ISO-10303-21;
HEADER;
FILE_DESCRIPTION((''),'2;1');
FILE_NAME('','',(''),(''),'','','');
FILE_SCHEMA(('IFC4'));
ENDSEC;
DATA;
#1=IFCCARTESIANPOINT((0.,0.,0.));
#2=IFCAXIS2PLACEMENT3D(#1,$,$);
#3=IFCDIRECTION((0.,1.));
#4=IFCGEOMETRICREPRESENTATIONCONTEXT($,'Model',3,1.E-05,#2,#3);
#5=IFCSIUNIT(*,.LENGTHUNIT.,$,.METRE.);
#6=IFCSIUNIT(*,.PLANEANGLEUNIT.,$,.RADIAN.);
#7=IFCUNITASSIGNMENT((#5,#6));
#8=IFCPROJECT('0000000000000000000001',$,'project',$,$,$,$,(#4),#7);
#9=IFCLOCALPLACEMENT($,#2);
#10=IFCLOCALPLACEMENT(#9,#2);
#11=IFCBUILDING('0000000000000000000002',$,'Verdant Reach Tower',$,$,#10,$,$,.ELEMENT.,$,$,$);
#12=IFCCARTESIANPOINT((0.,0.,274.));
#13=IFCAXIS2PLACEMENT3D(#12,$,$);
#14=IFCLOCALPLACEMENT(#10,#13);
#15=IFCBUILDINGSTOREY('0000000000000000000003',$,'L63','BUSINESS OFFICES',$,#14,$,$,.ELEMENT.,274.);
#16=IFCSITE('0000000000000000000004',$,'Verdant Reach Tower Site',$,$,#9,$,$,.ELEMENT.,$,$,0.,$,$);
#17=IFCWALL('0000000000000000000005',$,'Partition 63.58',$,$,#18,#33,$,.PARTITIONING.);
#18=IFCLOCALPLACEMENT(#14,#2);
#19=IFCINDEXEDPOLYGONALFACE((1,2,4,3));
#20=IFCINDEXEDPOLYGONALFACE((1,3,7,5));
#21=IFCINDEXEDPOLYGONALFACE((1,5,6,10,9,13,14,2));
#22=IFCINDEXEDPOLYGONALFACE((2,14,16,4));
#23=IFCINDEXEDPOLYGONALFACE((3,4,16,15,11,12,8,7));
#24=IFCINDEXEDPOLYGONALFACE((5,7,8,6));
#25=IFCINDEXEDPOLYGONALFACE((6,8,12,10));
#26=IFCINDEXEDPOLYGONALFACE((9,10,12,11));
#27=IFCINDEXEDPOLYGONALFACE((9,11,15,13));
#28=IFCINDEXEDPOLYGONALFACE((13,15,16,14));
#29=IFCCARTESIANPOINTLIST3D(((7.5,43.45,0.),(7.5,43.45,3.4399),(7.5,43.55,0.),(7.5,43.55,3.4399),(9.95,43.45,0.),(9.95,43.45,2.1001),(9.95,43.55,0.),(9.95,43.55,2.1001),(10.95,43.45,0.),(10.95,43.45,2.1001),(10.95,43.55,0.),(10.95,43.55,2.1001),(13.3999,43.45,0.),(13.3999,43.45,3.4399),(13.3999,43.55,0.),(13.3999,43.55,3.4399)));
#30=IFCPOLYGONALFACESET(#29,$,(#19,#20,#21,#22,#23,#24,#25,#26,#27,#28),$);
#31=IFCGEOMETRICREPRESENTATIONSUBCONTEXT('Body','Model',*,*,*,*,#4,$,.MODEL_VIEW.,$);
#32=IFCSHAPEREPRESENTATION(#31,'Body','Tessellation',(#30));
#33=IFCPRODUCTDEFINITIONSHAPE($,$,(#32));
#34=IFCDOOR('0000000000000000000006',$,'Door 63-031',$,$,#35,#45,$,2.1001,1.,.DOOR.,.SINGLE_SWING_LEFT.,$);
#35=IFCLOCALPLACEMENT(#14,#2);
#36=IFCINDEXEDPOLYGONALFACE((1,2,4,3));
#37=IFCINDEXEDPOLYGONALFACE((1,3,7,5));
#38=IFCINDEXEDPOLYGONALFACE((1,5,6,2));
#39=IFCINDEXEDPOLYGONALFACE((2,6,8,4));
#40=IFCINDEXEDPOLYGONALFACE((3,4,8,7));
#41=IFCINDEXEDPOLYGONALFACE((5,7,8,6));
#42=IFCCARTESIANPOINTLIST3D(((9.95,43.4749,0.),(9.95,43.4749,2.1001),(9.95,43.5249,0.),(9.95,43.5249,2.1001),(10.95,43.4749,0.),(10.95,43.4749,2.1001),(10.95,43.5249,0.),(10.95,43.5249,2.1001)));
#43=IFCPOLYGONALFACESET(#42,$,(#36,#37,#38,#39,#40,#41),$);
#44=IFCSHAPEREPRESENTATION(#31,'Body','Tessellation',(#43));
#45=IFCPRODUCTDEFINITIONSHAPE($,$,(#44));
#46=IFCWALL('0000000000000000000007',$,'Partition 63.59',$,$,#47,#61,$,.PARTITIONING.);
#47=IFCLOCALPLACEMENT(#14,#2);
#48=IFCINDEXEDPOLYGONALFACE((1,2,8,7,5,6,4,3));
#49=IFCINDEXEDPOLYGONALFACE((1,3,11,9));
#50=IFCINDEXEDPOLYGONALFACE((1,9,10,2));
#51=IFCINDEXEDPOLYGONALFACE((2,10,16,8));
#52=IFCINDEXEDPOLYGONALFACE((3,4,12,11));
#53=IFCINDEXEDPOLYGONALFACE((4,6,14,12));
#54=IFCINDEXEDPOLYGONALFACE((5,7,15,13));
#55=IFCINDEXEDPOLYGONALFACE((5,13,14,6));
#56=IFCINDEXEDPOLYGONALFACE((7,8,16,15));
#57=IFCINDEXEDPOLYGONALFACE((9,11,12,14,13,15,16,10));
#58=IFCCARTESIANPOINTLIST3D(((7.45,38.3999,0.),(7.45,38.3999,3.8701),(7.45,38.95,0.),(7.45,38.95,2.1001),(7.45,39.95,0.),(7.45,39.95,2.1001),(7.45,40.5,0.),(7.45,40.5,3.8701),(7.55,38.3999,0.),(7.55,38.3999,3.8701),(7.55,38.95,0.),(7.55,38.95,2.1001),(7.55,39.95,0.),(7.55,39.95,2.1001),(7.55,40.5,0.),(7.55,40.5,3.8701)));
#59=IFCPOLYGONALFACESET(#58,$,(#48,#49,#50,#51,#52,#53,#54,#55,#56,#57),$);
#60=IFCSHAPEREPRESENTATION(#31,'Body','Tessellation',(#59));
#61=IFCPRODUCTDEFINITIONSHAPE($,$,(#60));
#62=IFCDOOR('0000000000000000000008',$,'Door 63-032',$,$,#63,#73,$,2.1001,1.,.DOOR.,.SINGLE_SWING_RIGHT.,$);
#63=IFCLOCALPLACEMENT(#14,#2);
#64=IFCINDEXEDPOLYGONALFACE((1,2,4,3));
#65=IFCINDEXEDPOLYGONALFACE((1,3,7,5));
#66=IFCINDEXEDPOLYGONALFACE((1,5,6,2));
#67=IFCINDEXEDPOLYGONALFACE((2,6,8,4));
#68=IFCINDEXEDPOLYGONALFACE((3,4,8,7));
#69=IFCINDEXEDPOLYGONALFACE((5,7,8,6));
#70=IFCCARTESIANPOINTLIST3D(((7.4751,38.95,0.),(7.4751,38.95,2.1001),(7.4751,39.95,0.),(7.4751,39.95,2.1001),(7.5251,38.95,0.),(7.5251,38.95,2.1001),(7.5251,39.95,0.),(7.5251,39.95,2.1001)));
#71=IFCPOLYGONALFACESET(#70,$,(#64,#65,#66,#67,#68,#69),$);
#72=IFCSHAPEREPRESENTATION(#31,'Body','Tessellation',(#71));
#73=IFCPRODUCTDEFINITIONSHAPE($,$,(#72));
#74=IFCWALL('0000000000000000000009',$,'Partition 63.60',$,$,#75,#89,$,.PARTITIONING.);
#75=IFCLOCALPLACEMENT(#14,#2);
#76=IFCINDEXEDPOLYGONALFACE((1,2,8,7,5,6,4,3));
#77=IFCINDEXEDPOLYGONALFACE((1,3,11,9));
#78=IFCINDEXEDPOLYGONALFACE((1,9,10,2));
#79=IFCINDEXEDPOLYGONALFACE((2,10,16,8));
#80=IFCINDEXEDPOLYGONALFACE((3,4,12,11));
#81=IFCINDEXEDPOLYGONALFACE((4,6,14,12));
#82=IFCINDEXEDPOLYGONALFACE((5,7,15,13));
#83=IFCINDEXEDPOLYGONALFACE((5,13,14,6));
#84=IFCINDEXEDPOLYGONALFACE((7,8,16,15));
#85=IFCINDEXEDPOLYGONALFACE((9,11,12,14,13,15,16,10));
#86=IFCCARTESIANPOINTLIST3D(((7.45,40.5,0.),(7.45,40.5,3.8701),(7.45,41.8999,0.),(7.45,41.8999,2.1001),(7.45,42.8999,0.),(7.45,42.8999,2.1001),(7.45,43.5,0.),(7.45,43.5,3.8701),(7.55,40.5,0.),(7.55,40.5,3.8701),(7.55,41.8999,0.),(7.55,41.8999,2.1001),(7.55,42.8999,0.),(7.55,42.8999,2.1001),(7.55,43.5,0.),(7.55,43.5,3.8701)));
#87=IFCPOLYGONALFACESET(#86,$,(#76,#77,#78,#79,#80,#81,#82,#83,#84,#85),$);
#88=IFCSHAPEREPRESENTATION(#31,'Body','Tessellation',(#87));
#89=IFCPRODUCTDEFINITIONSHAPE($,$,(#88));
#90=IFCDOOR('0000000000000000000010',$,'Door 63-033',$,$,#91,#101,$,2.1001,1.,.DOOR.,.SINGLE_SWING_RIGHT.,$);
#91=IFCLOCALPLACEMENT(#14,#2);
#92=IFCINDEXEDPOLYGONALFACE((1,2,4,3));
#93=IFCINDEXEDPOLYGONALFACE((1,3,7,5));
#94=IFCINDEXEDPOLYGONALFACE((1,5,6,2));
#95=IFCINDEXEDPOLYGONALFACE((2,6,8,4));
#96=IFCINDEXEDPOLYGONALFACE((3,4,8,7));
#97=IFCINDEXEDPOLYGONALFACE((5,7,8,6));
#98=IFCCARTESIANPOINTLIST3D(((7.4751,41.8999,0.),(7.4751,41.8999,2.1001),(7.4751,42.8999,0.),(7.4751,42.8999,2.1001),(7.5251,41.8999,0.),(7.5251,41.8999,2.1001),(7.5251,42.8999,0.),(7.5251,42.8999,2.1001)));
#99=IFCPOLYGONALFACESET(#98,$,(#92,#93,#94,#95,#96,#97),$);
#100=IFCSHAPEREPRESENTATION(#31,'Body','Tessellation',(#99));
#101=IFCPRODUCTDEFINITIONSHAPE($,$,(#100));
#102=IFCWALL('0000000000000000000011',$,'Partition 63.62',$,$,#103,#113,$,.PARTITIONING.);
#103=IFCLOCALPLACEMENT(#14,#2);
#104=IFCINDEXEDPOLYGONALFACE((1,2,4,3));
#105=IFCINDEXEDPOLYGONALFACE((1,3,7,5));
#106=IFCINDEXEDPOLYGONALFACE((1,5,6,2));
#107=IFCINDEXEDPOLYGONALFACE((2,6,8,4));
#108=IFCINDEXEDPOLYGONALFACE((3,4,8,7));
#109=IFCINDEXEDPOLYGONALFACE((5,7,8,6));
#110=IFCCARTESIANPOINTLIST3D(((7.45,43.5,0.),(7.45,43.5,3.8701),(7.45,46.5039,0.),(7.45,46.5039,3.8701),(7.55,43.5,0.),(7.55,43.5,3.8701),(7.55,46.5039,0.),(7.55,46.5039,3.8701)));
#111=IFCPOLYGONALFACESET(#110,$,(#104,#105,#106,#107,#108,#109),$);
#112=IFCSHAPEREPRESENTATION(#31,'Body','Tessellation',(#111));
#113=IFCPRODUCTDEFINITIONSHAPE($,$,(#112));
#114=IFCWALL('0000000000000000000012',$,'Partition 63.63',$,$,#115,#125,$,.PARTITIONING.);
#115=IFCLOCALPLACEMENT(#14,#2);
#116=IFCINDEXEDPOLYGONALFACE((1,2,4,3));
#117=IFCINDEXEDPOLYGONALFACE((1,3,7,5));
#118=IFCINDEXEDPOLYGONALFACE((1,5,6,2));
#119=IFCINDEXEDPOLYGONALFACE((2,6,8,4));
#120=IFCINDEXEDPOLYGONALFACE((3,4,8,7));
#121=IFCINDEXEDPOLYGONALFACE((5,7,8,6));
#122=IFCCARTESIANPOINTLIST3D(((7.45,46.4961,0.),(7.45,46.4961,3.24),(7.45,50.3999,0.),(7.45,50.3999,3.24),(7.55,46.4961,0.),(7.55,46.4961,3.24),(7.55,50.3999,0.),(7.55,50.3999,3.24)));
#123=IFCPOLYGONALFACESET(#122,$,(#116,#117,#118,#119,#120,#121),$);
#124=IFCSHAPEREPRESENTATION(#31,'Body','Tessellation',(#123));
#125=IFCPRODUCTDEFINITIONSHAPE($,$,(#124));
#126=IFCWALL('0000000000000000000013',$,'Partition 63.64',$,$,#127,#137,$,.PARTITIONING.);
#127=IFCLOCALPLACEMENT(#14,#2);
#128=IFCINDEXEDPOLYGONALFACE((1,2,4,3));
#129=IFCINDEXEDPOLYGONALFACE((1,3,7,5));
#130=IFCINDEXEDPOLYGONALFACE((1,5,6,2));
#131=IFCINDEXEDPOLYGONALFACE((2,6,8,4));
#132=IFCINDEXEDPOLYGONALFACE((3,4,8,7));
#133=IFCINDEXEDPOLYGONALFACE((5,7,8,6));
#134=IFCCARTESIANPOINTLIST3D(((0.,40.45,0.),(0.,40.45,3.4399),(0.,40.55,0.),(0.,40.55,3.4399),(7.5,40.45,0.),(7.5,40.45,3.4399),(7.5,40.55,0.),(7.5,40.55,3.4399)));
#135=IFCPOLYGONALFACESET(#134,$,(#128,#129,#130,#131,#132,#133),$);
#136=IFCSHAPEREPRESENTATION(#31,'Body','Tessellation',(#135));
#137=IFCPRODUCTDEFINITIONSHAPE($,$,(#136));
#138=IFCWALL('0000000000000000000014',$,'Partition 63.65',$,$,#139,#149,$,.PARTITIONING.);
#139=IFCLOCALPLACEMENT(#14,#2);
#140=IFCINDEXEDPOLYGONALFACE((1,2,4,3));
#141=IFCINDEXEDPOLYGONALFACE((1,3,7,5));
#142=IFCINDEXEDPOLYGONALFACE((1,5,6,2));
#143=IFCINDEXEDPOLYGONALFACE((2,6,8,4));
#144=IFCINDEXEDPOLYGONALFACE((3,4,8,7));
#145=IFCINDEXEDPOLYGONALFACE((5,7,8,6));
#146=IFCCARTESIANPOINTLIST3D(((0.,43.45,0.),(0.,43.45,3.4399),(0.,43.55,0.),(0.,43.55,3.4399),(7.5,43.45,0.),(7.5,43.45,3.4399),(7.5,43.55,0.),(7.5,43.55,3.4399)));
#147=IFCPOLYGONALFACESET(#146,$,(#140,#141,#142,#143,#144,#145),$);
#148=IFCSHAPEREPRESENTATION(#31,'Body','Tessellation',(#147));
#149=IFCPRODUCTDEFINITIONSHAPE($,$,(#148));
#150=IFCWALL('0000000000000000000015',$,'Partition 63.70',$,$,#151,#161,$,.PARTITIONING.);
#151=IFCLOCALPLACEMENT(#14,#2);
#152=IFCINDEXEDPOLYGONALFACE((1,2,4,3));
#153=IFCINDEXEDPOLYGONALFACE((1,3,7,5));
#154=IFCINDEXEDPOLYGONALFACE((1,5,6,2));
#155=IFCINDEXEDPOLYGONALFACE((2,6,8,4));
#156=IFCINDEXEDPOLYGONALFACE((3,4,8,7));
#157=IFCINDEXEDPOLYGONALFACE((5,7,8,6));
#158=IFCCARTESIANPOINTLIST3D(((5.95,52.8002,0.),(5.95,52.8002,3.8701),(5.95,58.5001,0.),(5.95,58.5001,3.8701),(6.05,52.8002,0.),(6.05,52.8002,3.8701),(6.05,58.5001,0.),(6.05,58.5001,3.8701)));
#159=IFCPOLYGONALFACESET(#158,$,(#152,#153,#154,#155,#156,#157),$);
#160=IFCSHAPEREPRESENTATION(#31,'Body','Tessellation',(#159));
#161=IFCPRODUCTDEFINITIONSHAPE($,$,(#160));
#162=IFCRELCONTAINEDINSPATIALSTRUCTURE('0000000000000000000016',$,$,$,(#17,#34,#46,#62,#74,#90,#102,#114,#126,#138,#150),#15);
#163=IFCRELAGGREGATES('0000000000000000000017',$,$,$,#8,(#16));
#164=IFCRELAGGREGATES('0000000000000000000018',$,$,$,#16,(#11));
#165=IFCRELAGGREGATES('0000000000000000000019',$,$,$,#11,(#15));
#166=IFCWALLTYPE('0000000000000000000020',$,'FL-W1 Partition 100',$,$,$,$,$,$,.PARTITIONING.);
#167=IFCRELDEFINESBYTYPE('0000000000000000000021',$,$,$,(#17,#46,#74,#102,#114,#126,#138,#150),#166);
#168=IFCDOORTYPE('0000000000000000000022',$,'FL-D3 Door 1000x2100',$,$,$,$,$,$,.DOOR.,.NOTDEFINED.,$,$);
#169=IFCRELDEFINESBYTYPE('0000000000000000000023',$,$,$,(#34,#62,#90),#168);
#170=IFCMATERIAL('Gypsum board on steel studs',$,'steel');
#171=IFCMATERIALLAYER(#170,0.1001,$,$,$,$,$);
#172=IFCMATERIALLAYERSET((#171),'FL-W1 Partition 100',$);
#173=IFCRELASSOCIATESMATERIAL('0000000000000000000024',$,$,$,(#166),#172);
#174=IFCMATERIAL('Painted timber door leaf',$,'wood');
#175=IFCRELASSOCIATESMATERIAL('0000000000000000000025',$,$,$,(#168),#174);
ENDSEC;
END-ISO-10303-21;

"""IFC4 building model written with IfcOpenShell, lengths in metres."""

from ifc_helpers import new_model, si_unit, direction, frame, frame_2d, origin, place, context, subcontext, project, spatial, rectangle, extrude, material, layer, layer_set, type_object, element, fill, save


model = new_model("IFC4")

# Units and contexts
model_context = context("Model", 3, precision=1e-05, world=origin(), true_north=direction((0.0, 1.0)))
body_context = subcontext(model_context, "Body", "Model", "MODEL_VIEW")
ifc_project = project(units=[si_unit("LENGTHUNIT", "METRE"), si_unit("PLANEANGLEUNIT", "RADIAN")], contexts=[model_context])

# Site, building, storey
site_placement = place(None, origin())
site = spatial("IfcSite", under=ifc_project, at=site_placement, Name="Verdant Reach Tower Site", CompositionType="ELEMENT", RefElevation=0.0)
building_placement = place(site_placement, origin())
building = spatial("IfcBuilding", under=site, at=building_placement, Name="Verdant Reach Tower", CompositionType="ELEMENT")
storey_placement = place(building_placement, frame((0.0, 0.0, 274.0)))
storey = spatial("IfcBuildingStorey", under=building, at=storey_placement, Name="L63", Description="BUSINESS OFFICES", CompositionType="ELEMENT", Elevation=274.0)

# Walls, openings, doors
ifc_material_1 = material(Name="Gypsum board on steel studs", Category="steel")
ifc_layer_1 = layer(ifc_material_1, 0.1001)
ifc_layer_set_1 = layer_set([ifc_layer_1], Name="FL-W1 Partition 100")
wall_type_1 = type_object("IfcWallType", Name="FL-W1 Partition 100", PredefinedType="PARTITIONING", material=ifc_layer_set_1)
wall_1_placement = place(storey_placement, frame((7.5, 43.5, 0.0), z_axis=(0.0, 0.0, 1.0), x_axis=(1.0, 0.0, 0.0)))
wall_1 = element("IfcWall", 1, at=wall_1_placement, inside=storey, type_object=wall_type_1, Name="Partition 63.58", PredefinedType="PARTITIONING", context=body_context, shape_type="SweptSolid", body=[
    extrude(rectangle(XDim=5.8999, YDim=0.1001, at=frame_2d((2.95, 0.0))), origin(), (0.0, 0.0, 1.0), 3.4399),
])
opening_1_placement = place(wall_1_placement, frame((2.45, 0.0, 0.0)))
opening_1 = element("IfcOpeningElement", 2, at=opening_1_placement, cuts=wall_1, PredefinedType="OPENING", context=body_context, shape_type="SweptSolid", body=[
    extrude(rectangle(XDim=1.0, YDim=2.1001, at=frame_2d((0.5, 1.05))), frame((0.0, 0.0601, 0.0), z_axis=(0.0, -1.0, 0.0), x_axis=(1.0, 0.0, 0.0)), (0.0, 0.0, 1.0), 0.1201),
])
ifc_material_2 = material(Name="Painted timber door leaf", Category="wood")
door_type_1 = type_object("IfcDoorType", Name="FL-D3 Door 1000x2100", OperationType="NOTDEFINED", PredefinedType="DOOR", material=ifc_material_2)
door_1_placement = place(opening_1_placement, origin())
door_1 = element("IfcDoor", 3, at=door_1_placement, inside=storey, type_object=door_type_1, Name="Door 63-031", OperationType="SINGLE_SWING_LEFT", OverallHeight=2.1001, OverallWidth=1.0, PredefinedType="DOOR", context=body_context, shape_type="SweptSolid", body=[
    extrude(rectangle(XDim=1.0, YDim=2.1001, at=frame_2d((0.5, 1.05))), frame((0.0, 0.0249, 0.0), z_axis=(0.0, -1.0, 0.0), x_axis=(1.0, 0.0, 0.0)), (0.0, 0.0, 1.0), 0.05),
])
fill(opening_1, door_1)
wall_2_placement = place(storey_placement, frame((7.5, 38.3999, 0.0), z_axis=(0.0, 0.0, 1.0), x_axis=(0.0, 1.0, 0.0)))
wall_2 = element("IfcWall", 4, at=wall_2_placement, inside=storey, type_object=wall_type_1, Name="Partition 63.59", PredefinedType="PARTITIONING", context=body_context, shape_type="SweptSolid", body=[
    extrude(rectangle(XDim=2.1001, YDim=0.1001, at=frame_2d((1.05, 0.0))), origin(), (0.0, 0.0, 1.0), 3.8701),
])
opening_2_placement = place(wall_2_placement, frame((0.55, 0.0, 0.0)))
opening_2 = element("IfcOpeningElement", 5, at=opening_2_placement, cuts=wall_2, PredefinedType="OPENING", context=body_context, shape_type="SweptSolid", body=[
    extrude(rectangle(XDim=1.0, YDim=2.1001, at=frame_2d((0.5, 1.05))), frame((0.0, 0.0601, 0.0), z_axis=(0.0, -1.0, 0.0), x_axis=(1.0, 0.0, 0.0)), (0.0, 0.0, 1.0), 0.1201),
])
door_2_placement = place(opening_2_placement, origin())
door_2 = element("IfcDoor", 6, at=door_2_placement, inside=storey, type_object=door_type_1, Name="Door 63-032", OperationType="SINGLE_SWING_RIGHT", OverallHeight=2.1001, OverallWidth=1.0, PredefinedType="DOOR", context=body_context, shape_type="SweptSolid", body=[
    extrude(rectangle(XDim=1.0, YDim=2.1001, at=frame_2d((0.5, 1.05))), frame((0.0, 0.0249, 0.0), z_axis=(0.0, -1.0, 0.0), x_axis=(1.0, 0.0, 0.0)), (0.0, 0.0, 1.0), 0.05),
])
fill(opening_2, door_2)
wall_3_placement = place(storey_placement, frame((7.5, 40.5, 0.0), z_axis=(0.0, 0.0, 1.0), x_axis=(0.0, 1.0, 0.0)))
wall_3 = element("IfcWall", 7, at=wall_3_placement, inside=storey, type_object=wall_type_1, Name="Partition 63.60", PredefinedType="PARTITIONING", context=body_context, shape_type="SweptSolid", body=[
    extrude(rectangle(XDim=3.0, YDim=0.1001, at=frame_2d((1.5, 0.0))), origin(), (0.0, 0.0, 1.0), 3.8701),
])
opening_3_placement = place(wall_3_placement, frame((1.3999, 0.0, 0.0)))
opening_3 = element("IfcOpeningElement", 8, at=opening_3_placement, cuts=wall_3, PredefinedType="OPENING", context=body_context, shape_type="SweptSolid", body=[
    extrude(rectangle(XDim=1.0, YDim=2.1001, at=frame_2d((0.5, 1.05))), frame((0.0, 0.0601, 0.0), z_axis=(0.0, -1.0, 0.0), x_axis=(1.0, 0.0, 0.0)), (0.0, 0.0, 1.0), 0.1201),
])
door_3_placement = place(opening_3_placement, origin())
door_3 = element("IfcDoor", 9, at=door_3_placement, inside=storey, type_object=door_type_1, Name="Door 63-033", OperationType="SINGLE_SWING_RIGHT", OverallHeight=2.1001, OverallWidth=1.0, PredefinedType="DOOR", context=body_context, shape_type="SweptSolid", body=[
    extrude(rectangle(XDim=1.0, YDim=2.1001, at=frame_2d((0.5, 1.05))), frame((0.0, 0.0249, 0.0), z_axis=(0.0, -1.0, 0.0), x_axis=(1.0, 0.0, 0.0)), (0.0, 0.0, 1.0), 0.05),
])
fill(opening_3, door_3)

# Walls
wall_4_placement = place(storey_placement, frame((7.5, 46.5039, 0.0), z_axis=(0.0, 0.0, 1.0), x_axis=(0.0, -1.0, 0.0)))
element("IfcWall", 10, at=wall_4_placement, inside=storey, type_object=wall_type_1, Name="Partition 63.62", PredefinedType="PARTITIONING", context=body_context, shape_type="SweptSolid", body=[
    extrude(rectangle(XDim=3.0039, YDim=0.1001, at=frame_2d((1.502, 0.0))), origin(), (0.0, 0.0, 1.0), 3.8701),
])
wall_5_placement = place(storey_placement, frame((7.5, 50.3999, 0.0), z_axis=(0.0, 0.0, 1.0), x_axis=(0.0, -1.0, 0.0)))
element("IfcWall", 11, at=wall_5_placement, inside=storey, type_object=wall_type_1, Name="Partition 63.63", PredefinedType="PARTITIONING", context=body_context, shape_type="SweptSolid", body=[
    extrude(rectangle(XDim=3.9038, YDim=0.1001, at=frame_2d((1.9519, 0.0))), origin(), (0.0, 0.0, 1.0), 3.24),
])
for number, where, z_axis, x_axis, name in (
    (12, (7.5, 40.5, 0.0), (0.0, 0.0, 1.0), (-1.0, 0.0, 0.0), "Partition 63.64"),
    (13, (7.5, 43.5, 0.0), (0.0, 0.0, 1.0), (-1.0, 0.0, 0.0), "Partition 63.65"),
):
    element("IfcWall", number, at=place(storey_placement, frame(where, z_axis=z_axis, x_axis=x_axis)), inside=storey, type_object=wall_type_1, Name=name, PredefinedType="PARTITIONING", context=body_context, shape_type="SweptSolid", body=[
        extrude(rectangle(XDim=7.5, YDim=0.1001, at=frame_2d((3.75, 0.0))), origin(), (0.0, 0.0, 1.0), 3.4399),
    ])
wall_6_placement = place(storey_placement, frame((6.0, 52.8, 0.0), z_axis=(0.0, 0.0, 1.0), x_axis=(0.0, 1.0, 0.0)))
element("IfcWall", 14, at=wall_6_placement, inside=storey, type_object=wall_type_1, Name="Partition 63.70", PredefinedType="PARTITIONING", context=body_context, shape_type="SweptSolid", body=[
    extrude(rectangle(XDim=5.7, YDim=0.1001, at=frame_2d((2.8501, 0.0))), origin(), (0.0, 0.0, 1.0), 3.8701),
])

save(model, "model.ifc")
